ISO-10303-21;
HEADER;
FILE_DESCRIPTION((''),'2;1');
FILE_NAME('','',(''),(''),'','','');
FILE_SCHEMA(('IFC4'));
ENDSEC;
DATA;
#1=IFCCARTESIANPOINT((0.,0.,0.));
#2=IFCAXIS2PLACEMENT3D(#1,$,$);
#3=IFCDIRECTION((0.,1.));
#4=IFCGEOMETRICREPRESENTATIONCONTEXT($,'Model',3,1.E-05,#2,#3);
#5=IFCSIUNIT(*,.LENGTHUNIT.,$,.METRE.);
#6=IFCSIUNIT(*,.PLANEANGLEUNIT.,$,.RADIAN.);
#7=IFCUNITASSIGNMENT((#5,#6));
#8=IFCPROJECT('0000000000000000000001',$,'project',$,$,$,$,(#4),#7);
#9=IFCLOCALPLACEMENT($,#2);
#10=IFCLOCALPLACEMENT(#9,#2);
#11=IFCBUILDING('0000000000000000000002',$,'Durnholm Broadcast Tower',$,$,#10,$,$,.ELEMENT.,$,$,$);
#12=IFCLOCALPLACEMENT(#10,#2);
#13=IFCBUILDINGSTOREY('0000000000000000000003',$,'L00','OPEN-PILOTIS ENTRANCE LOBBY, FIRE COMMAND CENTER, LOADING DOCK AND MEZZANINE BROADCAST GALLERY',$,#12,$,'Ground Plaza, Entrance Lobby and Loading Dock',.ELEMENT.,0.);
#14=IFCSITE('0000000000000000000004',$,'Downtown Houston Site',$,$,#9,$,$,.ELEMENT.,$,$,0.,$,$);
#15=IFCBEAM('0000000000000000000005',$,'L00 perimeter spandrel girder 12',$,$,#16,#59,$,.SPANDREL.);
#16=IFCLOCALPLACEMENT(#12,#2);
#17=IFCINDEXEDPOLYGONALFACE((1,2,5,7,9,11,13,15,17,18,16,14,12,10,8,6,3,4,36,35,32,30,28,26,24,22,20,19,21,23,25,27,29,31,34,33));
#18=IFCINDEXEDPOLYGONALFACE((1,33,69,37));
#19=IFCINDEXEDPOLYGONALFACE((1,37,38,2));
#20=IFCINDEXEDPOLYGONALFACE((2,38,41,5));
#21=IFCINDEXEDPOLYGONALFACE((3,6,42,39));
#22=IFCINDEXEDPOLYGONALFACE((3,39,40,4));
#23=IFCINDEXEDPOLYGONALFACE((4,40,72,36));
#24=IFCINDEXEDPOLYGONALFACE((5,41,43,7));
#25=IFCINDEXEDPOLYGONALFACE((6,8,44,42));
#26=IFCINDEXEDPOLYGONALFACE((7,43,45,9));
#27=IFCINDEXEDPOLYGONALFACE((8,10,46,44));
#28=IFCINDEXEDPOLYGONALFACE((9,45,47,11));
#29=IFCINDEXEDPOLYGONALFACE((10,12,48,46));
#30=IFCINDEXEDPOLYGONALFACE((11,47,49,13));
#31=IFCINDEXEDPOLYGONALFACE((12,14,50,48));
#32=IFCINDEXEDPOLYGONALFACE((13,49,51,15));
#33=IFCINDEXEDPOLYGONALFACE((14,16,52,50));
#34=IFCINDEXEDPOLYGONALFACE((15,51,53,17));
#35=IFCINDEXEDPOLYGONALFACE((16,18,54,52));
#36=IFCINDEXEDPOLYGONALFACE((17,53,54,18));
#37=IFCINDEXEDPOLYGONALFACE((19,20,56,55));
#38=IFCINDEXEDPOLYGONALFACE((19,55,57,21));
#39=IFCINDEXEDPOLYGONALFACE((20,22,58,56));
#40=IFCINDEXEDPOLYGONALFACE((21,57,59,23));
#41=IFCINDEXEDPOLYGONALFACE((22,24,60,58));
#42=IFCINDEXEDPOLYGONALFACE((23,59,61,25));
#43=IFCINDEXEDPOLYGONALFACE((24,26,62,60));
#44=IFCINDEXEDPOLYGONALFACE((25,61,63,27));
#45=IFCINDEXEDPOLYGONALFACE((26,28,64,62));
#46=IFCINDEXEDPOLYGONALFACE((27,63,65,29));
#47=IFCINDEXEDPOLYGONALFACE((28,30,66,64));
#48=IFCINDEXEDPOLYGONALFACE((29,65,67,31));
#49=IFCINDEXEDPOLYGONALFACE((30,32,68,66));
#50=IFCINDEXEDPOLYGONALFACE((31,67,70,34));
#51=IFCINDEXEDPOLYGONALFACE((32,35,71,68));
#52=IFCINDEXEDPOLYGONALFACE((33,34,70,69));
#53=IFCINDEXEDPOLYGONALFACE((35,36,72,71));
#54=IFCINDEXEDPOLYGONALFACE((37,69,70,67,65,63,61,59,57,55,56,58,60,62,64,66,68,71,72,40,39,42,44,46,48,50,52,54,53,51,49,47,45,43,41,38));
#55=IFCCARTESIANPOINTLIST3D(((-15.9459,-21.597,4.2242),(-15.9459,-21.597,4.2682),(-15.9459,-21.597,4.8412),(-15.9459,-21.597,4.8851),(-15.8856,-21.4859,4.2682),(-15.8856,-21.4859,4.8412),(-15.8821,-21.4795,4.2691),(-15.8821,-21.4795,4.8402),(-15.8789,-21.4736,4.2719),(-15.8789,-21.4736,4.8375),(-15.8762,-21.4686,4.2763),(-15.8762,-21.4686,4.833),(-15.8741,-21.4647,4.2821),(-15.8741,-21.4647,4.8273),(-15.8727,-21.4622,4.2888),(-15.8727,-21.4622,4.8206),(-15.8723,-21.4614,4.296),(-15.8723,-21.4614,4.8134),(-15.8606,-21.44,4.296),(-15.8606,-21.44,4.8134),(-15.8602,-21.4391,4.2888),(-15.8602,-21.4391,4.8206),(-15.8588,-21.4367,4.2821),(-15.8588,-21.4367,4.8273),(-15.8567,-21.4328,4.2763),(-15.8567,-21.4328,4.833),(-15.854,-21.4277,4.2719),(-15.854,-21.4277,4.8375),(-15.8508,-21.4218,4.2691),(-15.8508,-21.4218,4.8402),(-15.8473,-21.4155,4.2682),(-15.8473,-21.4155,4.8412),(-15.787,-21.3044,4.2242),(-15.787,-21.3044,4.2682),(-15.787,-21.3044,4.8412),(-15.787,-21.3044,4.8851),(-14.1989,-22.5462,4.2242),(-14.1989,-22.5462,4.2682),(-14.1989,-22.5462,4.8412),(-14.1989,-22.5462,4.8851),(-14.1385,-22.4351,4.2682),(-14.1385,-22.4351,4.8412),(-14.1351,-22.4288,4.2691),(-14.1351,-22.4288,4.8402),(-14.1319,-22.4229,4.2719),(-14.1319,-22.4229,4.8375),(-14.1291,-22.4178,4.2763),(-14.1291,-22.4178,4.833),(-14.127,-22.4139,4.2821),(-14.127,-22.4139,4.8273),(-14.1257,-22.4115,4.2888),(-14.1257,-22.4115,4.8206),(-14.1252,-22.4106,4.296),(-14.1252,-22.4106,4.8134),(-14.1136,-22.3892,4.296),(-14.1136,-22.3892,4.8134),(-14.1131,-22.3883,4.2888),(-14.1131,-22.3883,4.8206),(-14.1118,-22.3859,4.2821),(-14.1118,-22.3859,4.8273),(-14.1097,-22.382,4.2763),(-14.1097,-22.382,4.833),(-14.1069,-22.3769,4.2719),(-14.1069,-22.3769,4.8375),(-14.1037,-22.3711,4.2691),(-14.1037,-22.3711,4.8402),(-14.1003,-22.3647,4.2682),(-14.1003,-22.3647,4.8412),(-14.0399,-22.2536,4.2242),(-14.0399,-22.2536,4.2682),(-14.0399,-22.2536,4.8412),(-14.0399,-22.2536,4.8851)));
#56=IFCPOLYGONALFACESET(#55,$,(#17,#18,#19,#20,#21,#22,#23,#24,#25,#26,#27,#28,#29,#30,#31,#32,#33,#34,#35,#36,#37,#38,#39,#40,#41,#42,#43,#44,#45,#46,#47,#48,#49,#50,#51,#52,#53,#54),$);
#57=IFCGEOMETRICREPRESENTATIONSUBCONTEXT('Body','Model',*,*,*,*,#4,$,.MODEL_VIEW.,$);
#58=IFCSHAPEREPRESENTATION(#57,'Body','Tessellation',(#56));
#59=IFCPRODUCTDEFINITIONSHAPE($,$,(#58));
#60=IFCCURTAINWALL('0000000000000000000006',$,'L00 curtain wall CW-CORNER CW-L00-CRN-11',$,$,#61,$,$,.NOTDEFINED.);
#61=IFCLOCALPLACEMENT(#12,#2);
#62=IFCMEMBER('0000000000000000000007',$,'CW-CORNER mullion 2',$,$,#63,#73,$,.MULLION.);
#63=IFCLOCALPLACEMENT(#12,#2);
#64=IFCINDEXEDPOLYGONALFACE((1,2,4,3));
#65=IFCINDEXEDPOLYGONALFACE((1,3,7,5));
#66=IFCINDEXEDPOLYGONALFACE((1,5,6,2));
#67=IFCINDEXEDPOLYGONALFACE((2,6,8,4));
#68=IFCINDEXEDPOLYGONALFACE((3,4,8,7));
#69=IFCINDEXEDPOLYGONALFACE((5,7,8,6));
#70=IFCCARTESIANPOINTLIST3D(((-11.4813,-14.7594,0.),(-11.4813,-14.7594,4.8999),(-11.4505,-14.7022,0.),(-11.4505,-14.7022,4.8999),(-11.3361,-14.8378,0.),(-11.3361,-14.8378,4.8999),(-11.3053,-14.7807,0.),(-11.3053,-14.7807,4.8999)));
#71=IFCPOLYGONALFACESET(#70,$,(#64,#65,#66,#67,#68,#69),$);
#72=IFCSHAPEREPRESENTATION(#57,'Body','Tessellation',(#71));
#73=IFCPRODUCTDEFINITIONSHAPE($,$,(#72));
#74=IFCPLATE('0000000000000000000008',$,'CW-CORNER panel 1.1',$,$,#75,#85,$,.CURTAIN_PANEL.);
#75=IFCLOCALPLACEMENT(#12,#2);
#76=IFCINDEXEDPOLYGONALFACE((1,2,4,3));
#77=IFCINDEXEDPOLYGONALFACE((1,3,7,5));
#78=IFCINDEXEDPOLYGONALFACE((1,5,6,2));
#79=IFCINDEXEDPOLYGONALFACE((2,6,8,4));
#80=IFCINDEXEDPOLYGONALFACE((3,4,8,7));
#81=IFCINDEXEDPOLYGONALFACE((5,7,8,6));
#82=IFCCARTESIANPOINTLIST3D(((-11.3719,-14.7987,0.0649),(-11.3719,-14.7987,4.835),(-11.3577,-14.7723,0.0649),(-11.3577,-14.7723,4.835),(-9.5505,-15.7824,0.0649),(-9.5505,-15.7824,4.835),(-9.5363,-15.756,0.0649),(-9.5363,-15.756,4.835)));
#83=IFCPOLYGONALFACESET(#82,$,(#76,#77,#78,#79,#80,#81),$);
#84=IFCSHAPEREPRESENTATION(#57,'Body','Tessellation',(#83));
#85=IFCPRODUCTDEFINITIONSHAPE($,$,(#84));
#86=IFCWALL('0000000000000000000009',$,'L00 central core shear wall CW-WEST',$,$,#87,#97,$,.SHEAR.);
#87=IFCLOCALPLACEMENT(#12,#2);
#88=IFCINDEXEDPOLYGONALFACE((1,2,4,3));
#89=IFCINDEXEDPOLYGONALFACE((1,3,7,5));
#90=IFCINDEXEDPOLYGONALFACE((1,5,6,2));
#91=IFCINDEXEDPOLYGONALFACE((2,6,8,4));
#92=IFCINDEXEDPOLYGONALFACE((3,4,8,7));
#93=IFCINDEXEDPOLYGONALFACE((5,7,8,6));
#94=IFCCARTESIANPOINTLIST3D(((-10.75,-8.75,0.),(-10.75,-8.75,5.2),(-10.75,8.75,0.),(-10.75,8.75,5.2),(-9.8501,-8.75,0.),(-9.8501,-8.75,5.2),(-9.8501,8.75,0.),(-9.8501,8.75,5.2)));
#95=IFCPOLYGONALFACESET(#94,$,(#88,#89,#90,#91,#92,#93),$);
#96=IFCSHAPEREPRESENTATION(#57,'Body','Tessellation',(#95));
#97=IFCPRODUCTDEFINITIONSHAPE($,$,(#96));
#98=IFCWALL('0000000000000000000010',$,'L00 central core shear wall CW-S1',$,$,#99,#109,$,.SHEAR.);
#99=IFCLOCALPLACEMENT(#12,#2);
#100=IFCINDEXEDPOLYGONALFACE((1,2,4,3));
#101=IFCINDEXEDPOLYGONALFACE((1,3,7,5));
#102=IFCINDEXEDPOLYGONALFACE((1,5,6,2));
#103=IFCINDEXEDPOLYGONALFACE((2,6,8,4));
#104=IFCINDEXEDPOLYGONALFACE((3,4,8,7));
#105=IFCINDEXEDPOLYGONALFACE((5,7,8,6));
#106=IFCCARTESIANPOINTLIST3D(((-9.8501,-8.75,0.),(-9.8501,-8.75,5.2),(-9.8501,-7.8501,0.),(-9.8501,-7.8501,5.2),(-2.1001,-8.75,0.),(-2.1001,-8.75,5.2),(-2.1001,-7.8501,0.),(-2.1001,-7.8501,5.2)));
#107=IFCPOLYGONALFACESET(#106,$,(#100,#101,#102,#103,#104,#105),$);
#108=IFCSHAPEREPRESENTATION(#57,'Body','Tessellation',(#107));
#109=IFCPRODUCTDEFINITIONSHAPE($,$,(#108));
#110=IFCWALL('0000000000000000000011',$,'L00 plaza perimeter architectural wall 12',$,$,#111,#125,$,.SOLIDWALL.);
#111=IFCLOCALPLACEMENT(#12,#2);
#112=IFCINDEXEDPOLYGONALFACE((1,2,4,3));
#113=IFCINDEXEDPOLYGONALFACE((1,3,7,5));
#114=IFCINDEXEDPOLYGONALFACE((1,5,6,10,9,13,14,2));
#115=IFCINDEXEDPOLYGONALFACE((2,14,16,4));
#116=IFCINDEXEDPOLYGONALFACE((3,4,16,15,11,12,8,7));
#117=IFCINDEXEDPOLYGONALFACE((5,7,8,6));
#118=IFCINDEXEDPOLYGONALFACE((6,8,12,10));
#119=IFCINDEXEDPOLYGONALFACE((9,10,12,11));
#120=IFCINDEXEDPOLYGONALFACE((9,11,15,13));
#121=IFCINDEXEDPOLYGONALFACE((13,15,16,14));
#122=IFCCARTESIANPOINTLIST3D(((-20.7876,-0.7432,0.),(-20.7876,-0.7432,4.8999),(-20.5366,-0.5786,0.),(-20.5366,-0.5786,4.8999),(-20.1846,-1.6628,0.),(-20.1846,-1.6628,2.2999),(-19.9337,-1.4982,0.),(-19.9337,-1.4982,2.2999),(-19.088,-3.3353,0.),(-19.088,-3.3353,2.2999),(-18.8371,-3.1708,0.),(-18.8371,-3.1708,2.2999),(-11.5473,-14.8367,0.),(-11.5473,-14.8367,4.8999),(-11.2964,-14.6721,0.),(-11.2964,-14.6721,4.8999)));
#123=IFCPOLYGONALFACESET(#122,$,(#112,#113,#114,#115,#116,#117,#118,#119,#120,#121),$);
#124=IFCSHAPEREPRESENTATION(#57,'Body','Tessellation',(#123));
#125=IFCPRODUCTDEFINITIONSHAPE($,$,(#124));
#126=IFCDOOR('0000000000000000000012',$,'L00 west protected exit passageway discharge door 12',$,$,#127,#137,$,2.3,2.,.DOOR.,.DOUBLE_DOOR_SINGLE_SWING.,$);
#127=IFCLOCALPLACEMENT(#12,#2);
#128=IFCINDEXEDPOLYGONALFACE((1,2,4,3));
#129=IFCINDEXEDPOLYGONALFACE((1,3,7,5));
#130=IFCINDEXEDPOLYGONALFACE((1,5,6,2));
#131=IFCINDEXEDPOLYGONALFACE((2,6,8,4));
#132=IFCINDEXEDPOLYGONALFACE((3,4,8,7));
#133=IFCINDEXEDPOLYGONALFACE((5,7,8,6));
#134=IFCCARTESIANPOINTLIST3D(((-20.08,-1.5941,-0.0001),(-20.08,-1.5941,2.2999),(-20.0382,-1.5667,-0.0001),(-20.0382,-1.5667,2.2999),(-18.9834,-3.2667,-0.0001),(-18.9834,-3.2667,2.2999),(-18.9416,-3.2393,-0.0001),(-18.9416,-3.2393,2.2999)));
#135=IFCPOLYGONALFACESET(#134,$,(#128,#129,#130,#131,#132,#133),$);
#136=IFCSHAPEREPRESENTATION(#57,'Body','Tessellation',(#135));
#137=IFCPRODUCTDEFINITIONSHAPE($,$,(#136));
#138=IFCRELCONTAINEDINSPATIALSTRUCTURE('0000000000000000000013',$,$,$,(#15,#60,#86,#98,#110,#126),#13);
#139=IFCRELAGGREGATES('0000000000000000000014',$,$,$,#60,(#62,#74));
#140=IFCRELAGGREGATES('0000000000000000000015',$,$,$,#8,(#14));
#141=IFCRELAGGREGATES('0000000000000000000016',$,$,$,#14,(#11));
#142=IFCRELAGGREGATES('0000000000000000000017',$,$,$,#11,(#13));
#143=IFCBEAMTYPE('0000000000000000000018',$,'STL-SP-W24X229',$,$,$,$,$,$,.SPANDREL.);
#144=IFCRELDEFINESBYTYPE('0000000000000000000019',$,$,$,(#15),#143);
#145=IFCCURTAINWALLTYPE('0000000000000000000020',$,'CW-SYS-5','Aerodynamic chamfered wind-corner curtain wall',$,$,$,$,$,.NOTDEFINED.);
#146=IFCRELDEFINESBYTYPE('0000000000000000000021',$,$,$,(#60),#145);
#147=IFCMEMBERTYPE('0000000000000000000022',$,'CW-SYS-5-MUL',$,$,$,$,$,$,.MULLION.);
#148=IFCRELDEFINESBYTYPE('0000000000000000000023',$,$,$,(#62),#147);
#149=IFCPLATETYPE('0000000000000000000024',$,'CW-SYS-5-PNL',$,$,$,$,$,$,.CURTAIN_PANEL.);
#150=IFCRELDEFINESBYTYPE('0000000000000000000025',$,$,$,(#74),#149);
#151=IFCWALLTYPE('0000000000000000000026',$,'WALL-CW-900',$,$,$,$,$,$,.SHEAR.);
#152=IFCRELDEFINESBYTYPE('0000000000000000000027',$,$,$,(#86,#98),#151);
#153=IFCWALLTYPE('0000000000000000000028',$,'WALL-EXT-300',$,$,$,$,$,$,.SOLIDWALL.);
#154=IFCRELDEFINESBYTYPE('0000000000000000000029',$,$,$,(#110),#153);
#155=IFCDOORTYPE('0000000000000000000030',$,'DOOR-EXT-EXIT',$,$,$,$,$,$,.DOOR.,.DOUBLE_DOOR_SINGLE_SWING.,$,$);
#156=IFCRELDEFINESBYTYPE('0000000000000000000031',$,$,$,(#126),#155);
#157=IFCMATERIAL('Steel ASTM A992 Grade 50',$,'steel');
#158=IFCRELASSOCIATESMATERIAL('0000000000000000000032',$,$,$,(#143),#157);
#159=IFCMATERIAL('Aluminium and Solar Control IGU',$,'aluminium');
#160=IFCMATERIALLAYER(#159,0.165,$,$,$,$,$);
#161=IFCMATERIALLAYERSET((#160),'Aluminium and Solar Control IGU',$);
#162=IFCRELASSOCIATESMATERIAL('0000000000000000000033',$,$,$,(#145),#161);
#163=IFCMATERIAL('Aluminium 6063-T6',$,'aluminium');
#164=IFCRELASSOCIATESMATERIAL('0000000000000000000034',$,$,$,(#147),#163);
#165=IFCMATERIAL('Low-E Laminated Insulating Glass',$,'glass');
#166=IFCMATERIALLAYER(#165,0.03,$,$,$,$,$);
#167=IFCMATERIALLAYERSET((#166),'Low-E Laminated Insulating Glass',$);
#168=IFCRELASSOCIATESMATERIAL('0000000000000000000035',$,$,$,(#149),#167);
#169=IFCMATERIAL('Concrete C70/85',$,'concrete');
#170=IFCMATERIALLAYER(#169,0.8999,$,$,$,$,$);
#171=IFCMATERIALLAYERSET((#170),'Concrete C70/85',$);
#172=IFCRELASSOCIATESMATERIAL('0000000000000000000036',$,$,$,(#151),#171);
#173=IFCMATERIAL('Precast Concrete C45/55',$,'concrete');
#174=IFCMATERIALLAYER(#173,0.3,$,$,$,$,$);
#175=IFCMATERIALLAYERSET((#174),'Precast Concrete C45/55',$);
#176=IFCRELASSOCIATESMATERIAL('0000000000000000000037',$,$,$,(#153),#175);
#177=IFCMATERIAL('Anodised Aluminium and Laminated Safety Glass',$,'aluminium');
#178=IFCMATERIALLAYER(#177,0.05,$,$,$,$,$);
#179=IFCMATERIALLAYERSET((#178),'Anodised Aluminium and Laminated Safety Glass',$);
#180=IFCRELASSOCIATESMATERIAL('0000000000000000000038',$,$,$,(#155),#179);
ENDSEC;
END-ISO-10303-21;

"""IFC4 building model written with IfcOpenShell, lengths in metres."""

from ifc_helpers import new_model, si_unit, direction, frame, frame_2d, origin, origin_2d, place, context, subcontext, project, spatial, rectangle, i_section, extrude, source, transform, mapped, material, layer, layer_set, material_profile, profile_set, type_object, type_shapes, element, fill, aggregate, save


model = new_model("IFC4")

# Units and contexts
model_context = context("Model", 3, precision=1e-05, world=origin(), true_north=direction((0.0, 1.0)))
body_context = subcontext(model_context, "Body", "Model", "MODEL_VIEW")
ifc_project = project(units=[si_unit("LENGTHUNIT", "METRE"), si_unit("PLANEANGLEUNIT", "RADIAN")], contexts=[model_context])

# Site, building, storey
site_placement = place(None, origin())
site = spatial("IfcSite", under=ifc_project, at=site_placement, Name="Downtown Houston Site", CompositionType="ELEMENT", RefElevation=0.0)
building_placement = place(site_placement, origin())
building = spatial("IfcBuilding", under=site, at=building_placement, Name="Durnholm Broadcast Tower", CompositionType="ELEMENT")
storey_placement = place(building_placement, origin())
storey = spatial("IfcBuildingStorey", under=building, at=storey_placement, Name="L00", Description="OPEN-PILOTIS ENTRANCE LOBBY, FIRE COMMAND CENTER, LOADING DOCK AND MEZZANINE BROADCAST GALLERY", LongName="Ground Plaza, Entrance Lobby and Loading Dock", CompositionType="ELEMENT", Elevation=0.0)

# Shared definitions
ifc_material_1 = material(Name="Concrete C70/85", Category="concrete")
ifc_material_2 = material(Name="Steel ASTM A992 Grade 50", Category="steel")

# Beam
ifc_material_profile_1 = material_profile(ifc_material_2, i_section(OverallWidth=0.333, OverallDepth=0.6609, WebThickness=0.0244, FlangeThickness=0.0439, FilletRadius=0.0278, at=origin_2d()), Name="W24X229")
ifc_profile_set_1 = profile_set([ifc_material_profile_1], Name="Steel ASTM A992 Grade 50")
beam_type = type_object("IfcBeamType", Name="STL-SP-W24X229", PredefinedType="SPANDREL", material=ifc_profile_set_1)
shared_shape_1 = source(origin(), body_context, "Body", "SweptSolid", [
    extrude(i_section(OverallWidth=0.333, OverallDepth=0.6609, WebThickness=0.0244, FlangeThickness=0.0439, FilletRadius=0.0278, at=origin_2d()), origin(), (0.0, 0.0, 1.0), 1.9883),
])
beam_1_placement = place(storey_placement, frame((-14.1194, -22.3999, 4.5547), z_axis=(-0.878683, 0.477406, 0.0), x_axis=(-0.477406, -0.878683, 0.0)))
element("IfcBeam", 1, at=beam_1_placement, inside=storey, type_object=beam_type, Name="L00 perimeter spandrel girder 12", PredefinedType="SPANDREL", context=body_context, shape_type="MappedRepresentation", body=[
    mapped(shared_shape_1, transform((0.0, 0.0, 0.0), x_axis=(1.0, 0.0, 0.0), y_axis=(0.0, 1.0, 0.0), z_axis=(0.0, 0.0, 1.0), scale=1.0)),
])

# Curtain wall, member, plate
ifc_material_3 = material(Name="Aluminium and Solar Control IGU", Category="aluminium")
ifc_layer_1 = layer(ifc_material_3, 0.165)
ifc_layer_set_1 = layer_set([ifc_layer_1], Name="Aluminium and Solar Control IGU")
curtain_wall_type = type_object("IfcCurtainWallType", Name="CW-SYS-5", Description="Aerodynamic chamfered wind-corner curtain wall", PredefinedType="NOTDEFINED", material=ifc_layer_set_1)
curtain_wall_placement = place(storey_placement, origin())
curtain_wall = element("IfcCurtainWall", 2, at=curtain_wall_placement, inside=storey, type_object=curtain_wall_type, Name="L00 curtain wall CW-CORNER CW-L00-CRN-11", PredefinedType="NOTDEFINED")
ifc_material_4 = material(Name="Aluminium 6063-T6", Category="aluminium")
ifc_material_profile_2 = material_profile(ifc_material_4, rectangle(XDim=0.0649, YDim=0.165, at=origin_2d()), Name="CWM65X165")
ifc_profile_set_2 = profile_set([ifc_material_profile_2], Name="Aluminium 6063-T6")
member_type = type_object("IfcMemberType", Name="CW-SYS-5-MUL", PredefinedType="MULLION", material=ifc_profile_set_2)
shared_shape_2 = source(origin(), body_context, "Body", "SweptSolid", [
    extrude(rectangle(XDim=0.0649, YDim=0.165, at=origin_2d()), origin(), (0.0, 0.0, 1.0), 4.8999),
])
type_shapes(member_type, [shared_shape_2])
member_placement = place(storey_placement, frame((-11.3933, -14.77, 0.0), z_axis=(0.0, 0.0, 1.0), x_axis=(-0.475227, -0.879863, 0.0)))
member = element("IfcMember", 3, at=member_placement, type_object=member_type, Name="CW-CORNER mullion 2", PredefinedType="MULLION", context=body_context, shape_type="MappedRepresentation", body=[
    mapped(shared_shape_2, transform((0.0, 0.0, 0.0), x_axis=(1.0, 0.0, 0.0), y_axis=(0.0, 1.0, 0.0), z_axis=(0.0, 0.0, 1.0), scale=1.0)),
])
ifc_material_5 = material(Name="Low-E Laminated Insulating Glass", Category="glass")
ifc_layer_2 = layer(ifc_material_5, 0.03)
ifc_layer_set_2 = layer_set([ifc_layer_2], Name="Low-E Laminated Insulating Glass")
plate_type = type_object("IfcPlateType", Name="CW-SYS-5-PNL", PredefinedType="CURTAIN_PANEL", material=ifc_layer_set_2)
shared_shape_3 = source(origin(), body_context, "Body", "SweptSolid", [
    extrude(rectangle(XDim=2.0701, YDim=0.03, at=origin_2d()), origin(), (0.0, 0.0, 1.0), 4.77),
])
type_shapes(plate_type, [shared_shape_3])
plate_placement = place(storey_placement, frame((-10.4541, -15.2773, 0.0649), z_axis=(0.0, 0.0, 1.0), x_axis=(-0.879863, 0.475227, 0.0)))
plate = element("IfcPlate", 4, at=plate_placement, type_object=plate_type, Name="CW-CORNER panel 1.1", PredefinedType="CURTAIN_PANEL", context=body_context, shape_type="MappedRepresentation", body=[
    mapped(shared_shape_3, transform((0.0, 0.0, 0.0), x_axis=(1.0, 0.0, 0.0), y_axis=(0.0, 1.0, 0.0), z_axis=(0.0, 0.0, 1.0), scale=1.0)),
])
aggregate(curtain_wall, [member, plate])

# Walls
ifc_layer_3 = layer(ifc_material_1, 0.8999)
ifc_layer_set_3 = layer_set([ifc_layer_3], Name="Concrete C70/85")
wall_type_1 = type_object("IfcWallType", Name="WALL-CW-900", PredefinedType="SHEAR", material=ifc_layer_set_3)
wall_1_placement = place(storey_placement, frame((-10.3, -8.75, 0.0), z_axis=(0.0, 0.0, 1.0), x_axis=(0.0, 1.0, 0.0)))
element("IfcWall", 5, at=wall_1_placement, inside=storey, type_object=wall_type_1, Name="L00 central core shear wall CW-WEST", PredefinedType="SHEAR", context=body_context, shape_type="SweptSolid", body=[
    extrude(rectangle(XDim=17.5, YDim=0.8999, at=frame_2d((8.75, 0.0))), origin(), (0.0, 0.0, 1.0), 5.2),
])
wall_2_placement = place(storey_placement, frame((-9.8501, -8.3, 0.0), z_axis=(0.0, 0.0, 1.0), x_axis=(1.0, 0.0, 0.0)))
element("IfcWall", 6, at=wall_2_placement, inside=storey, type_object=wall_type_1, Name="L00 central core shear wall CW-S1", PredefinedType="SHEAR", context=body_context, shape_type="SweptSolid", body=[
    extrude(rectangle(XDim=7.75, YDim=0.8999, at=frame_2d((3.875, 0.0))), origin(), (0.0, 0.0, 1.0), 5.2),
])

# Wall, opening, door
ifc_material_6 = material(Name="Precast Concrete C45/55", Category="concrete")
ifc_layer_4 = layer(ifc_material_6, 0.3)
ifc_layer_set_4 = layer_set([ifc_layer_4], Name="Precast Concrete C45/55")
wall_type_2 = type_object("IfcWallType", Name="WALL-EXT-300", PredefinedType="SOLIDWALL", material=ifc_layer_set_4)
wall_3_placement = place(storey_placement, frame((-11.4219, -14.7544, 0.0), z_axis=(0.0, 0.0, 1.0), x_axis=(-0.548299, 0.836283, 0.0)))
wall_3 = element("IfcWall", 7, at=wall_3_placement, inside=storey, type_object=wall_type_2, Name="L00 plaza perimeter architectural wall 12", PredefinedType="SOLIDWALL", context=body_context, shape_type="SweptSolid", body=[
    extrude(rectangle(XDim=16.8525, YDim=0.3, at=frame_2d((8.4263, 0.0))), origin(), (0.0, 0.0, 1.0), 4.8999),
])
opening_1_placement = place(wall_3_placement, frame((13.7529, 0.0, 0.0)))
opening_1 = element("IfcOpeningElement", 8, at=opening_1_placement, cuts=wall_3, PredefinedType="OPENING", context=body_context, shape_type="SweptSolid", body=[
    extrude(rectangle(XDim=2.0, YDim=2.3, at=frame_2d((1.0, 1.1499))), frame((0.0, 0.1602, 0.0), z_axis=(0.0, -1.0, 0.0), x_axis=(1.0, 0.0, 0.0)), (0.0, 0.0, 1.0), 0.3201),
])
ifc_material_7 = material(Name="Anodised Aluminium and Laminated Safety Glass", Category="aluminium")
ifc_layer_5 = layer(ifc_material_7, 0.05)
ifc_layer_set_5 = layer_set([ifc_layer_5], Name="Anodised Aluminium and Laminated Safety Glass")
door_type_1 = type_object("IfcDoorType", Name="DOOR-EXT-EXIT", OperationType="DOUBLE_DOOR_SINGLE_SWING", PredefinedType="DOOR", material=ifc_layer_set_5)
shared_shape_4 = source(origin(), body_context, "Body", "SweptSolid", [
    extrude(rectangle(XDim=2.0, YDim=2.3, at=frame_2d((1.0, 1.1499))), frame((0.0, 0.0249, 0.0), z_axis=(0.0, -1.0, 0.0), x_axis=(1.0, 0.0, 0.0)), (0.0, 0.0, 1.0), 0.05),
])
type_shapes(door_type_1, [shared_shape_4])
door_1_placement = place(opening_1_placement, origin())
door_1 = element("IfcDoor", 9, at=door_1_placement, inside=storey, type_object=door_type_1, Name="L00 west protected exit passageway discharge door 12", OperationType="DOUBLE_DOOR_SINGLE_SWING", OverallHeight=2.3, OverallWidth=2.0, PredefinedType="DOOR", context=body_context, shape_type="MappedRepresentation", body=[
    mapped(shared_shape_4, transform((0.0, 0.0, 0.0), x_axis=(1.0, 0.0, 0.0), y_axis=(0.0, 1.0, 0.0), z_axis=(0.0, 0.0, 1.0), scale=1.0)),
])
fill(opening_1, door_1)

save(model, "model.ifc")
